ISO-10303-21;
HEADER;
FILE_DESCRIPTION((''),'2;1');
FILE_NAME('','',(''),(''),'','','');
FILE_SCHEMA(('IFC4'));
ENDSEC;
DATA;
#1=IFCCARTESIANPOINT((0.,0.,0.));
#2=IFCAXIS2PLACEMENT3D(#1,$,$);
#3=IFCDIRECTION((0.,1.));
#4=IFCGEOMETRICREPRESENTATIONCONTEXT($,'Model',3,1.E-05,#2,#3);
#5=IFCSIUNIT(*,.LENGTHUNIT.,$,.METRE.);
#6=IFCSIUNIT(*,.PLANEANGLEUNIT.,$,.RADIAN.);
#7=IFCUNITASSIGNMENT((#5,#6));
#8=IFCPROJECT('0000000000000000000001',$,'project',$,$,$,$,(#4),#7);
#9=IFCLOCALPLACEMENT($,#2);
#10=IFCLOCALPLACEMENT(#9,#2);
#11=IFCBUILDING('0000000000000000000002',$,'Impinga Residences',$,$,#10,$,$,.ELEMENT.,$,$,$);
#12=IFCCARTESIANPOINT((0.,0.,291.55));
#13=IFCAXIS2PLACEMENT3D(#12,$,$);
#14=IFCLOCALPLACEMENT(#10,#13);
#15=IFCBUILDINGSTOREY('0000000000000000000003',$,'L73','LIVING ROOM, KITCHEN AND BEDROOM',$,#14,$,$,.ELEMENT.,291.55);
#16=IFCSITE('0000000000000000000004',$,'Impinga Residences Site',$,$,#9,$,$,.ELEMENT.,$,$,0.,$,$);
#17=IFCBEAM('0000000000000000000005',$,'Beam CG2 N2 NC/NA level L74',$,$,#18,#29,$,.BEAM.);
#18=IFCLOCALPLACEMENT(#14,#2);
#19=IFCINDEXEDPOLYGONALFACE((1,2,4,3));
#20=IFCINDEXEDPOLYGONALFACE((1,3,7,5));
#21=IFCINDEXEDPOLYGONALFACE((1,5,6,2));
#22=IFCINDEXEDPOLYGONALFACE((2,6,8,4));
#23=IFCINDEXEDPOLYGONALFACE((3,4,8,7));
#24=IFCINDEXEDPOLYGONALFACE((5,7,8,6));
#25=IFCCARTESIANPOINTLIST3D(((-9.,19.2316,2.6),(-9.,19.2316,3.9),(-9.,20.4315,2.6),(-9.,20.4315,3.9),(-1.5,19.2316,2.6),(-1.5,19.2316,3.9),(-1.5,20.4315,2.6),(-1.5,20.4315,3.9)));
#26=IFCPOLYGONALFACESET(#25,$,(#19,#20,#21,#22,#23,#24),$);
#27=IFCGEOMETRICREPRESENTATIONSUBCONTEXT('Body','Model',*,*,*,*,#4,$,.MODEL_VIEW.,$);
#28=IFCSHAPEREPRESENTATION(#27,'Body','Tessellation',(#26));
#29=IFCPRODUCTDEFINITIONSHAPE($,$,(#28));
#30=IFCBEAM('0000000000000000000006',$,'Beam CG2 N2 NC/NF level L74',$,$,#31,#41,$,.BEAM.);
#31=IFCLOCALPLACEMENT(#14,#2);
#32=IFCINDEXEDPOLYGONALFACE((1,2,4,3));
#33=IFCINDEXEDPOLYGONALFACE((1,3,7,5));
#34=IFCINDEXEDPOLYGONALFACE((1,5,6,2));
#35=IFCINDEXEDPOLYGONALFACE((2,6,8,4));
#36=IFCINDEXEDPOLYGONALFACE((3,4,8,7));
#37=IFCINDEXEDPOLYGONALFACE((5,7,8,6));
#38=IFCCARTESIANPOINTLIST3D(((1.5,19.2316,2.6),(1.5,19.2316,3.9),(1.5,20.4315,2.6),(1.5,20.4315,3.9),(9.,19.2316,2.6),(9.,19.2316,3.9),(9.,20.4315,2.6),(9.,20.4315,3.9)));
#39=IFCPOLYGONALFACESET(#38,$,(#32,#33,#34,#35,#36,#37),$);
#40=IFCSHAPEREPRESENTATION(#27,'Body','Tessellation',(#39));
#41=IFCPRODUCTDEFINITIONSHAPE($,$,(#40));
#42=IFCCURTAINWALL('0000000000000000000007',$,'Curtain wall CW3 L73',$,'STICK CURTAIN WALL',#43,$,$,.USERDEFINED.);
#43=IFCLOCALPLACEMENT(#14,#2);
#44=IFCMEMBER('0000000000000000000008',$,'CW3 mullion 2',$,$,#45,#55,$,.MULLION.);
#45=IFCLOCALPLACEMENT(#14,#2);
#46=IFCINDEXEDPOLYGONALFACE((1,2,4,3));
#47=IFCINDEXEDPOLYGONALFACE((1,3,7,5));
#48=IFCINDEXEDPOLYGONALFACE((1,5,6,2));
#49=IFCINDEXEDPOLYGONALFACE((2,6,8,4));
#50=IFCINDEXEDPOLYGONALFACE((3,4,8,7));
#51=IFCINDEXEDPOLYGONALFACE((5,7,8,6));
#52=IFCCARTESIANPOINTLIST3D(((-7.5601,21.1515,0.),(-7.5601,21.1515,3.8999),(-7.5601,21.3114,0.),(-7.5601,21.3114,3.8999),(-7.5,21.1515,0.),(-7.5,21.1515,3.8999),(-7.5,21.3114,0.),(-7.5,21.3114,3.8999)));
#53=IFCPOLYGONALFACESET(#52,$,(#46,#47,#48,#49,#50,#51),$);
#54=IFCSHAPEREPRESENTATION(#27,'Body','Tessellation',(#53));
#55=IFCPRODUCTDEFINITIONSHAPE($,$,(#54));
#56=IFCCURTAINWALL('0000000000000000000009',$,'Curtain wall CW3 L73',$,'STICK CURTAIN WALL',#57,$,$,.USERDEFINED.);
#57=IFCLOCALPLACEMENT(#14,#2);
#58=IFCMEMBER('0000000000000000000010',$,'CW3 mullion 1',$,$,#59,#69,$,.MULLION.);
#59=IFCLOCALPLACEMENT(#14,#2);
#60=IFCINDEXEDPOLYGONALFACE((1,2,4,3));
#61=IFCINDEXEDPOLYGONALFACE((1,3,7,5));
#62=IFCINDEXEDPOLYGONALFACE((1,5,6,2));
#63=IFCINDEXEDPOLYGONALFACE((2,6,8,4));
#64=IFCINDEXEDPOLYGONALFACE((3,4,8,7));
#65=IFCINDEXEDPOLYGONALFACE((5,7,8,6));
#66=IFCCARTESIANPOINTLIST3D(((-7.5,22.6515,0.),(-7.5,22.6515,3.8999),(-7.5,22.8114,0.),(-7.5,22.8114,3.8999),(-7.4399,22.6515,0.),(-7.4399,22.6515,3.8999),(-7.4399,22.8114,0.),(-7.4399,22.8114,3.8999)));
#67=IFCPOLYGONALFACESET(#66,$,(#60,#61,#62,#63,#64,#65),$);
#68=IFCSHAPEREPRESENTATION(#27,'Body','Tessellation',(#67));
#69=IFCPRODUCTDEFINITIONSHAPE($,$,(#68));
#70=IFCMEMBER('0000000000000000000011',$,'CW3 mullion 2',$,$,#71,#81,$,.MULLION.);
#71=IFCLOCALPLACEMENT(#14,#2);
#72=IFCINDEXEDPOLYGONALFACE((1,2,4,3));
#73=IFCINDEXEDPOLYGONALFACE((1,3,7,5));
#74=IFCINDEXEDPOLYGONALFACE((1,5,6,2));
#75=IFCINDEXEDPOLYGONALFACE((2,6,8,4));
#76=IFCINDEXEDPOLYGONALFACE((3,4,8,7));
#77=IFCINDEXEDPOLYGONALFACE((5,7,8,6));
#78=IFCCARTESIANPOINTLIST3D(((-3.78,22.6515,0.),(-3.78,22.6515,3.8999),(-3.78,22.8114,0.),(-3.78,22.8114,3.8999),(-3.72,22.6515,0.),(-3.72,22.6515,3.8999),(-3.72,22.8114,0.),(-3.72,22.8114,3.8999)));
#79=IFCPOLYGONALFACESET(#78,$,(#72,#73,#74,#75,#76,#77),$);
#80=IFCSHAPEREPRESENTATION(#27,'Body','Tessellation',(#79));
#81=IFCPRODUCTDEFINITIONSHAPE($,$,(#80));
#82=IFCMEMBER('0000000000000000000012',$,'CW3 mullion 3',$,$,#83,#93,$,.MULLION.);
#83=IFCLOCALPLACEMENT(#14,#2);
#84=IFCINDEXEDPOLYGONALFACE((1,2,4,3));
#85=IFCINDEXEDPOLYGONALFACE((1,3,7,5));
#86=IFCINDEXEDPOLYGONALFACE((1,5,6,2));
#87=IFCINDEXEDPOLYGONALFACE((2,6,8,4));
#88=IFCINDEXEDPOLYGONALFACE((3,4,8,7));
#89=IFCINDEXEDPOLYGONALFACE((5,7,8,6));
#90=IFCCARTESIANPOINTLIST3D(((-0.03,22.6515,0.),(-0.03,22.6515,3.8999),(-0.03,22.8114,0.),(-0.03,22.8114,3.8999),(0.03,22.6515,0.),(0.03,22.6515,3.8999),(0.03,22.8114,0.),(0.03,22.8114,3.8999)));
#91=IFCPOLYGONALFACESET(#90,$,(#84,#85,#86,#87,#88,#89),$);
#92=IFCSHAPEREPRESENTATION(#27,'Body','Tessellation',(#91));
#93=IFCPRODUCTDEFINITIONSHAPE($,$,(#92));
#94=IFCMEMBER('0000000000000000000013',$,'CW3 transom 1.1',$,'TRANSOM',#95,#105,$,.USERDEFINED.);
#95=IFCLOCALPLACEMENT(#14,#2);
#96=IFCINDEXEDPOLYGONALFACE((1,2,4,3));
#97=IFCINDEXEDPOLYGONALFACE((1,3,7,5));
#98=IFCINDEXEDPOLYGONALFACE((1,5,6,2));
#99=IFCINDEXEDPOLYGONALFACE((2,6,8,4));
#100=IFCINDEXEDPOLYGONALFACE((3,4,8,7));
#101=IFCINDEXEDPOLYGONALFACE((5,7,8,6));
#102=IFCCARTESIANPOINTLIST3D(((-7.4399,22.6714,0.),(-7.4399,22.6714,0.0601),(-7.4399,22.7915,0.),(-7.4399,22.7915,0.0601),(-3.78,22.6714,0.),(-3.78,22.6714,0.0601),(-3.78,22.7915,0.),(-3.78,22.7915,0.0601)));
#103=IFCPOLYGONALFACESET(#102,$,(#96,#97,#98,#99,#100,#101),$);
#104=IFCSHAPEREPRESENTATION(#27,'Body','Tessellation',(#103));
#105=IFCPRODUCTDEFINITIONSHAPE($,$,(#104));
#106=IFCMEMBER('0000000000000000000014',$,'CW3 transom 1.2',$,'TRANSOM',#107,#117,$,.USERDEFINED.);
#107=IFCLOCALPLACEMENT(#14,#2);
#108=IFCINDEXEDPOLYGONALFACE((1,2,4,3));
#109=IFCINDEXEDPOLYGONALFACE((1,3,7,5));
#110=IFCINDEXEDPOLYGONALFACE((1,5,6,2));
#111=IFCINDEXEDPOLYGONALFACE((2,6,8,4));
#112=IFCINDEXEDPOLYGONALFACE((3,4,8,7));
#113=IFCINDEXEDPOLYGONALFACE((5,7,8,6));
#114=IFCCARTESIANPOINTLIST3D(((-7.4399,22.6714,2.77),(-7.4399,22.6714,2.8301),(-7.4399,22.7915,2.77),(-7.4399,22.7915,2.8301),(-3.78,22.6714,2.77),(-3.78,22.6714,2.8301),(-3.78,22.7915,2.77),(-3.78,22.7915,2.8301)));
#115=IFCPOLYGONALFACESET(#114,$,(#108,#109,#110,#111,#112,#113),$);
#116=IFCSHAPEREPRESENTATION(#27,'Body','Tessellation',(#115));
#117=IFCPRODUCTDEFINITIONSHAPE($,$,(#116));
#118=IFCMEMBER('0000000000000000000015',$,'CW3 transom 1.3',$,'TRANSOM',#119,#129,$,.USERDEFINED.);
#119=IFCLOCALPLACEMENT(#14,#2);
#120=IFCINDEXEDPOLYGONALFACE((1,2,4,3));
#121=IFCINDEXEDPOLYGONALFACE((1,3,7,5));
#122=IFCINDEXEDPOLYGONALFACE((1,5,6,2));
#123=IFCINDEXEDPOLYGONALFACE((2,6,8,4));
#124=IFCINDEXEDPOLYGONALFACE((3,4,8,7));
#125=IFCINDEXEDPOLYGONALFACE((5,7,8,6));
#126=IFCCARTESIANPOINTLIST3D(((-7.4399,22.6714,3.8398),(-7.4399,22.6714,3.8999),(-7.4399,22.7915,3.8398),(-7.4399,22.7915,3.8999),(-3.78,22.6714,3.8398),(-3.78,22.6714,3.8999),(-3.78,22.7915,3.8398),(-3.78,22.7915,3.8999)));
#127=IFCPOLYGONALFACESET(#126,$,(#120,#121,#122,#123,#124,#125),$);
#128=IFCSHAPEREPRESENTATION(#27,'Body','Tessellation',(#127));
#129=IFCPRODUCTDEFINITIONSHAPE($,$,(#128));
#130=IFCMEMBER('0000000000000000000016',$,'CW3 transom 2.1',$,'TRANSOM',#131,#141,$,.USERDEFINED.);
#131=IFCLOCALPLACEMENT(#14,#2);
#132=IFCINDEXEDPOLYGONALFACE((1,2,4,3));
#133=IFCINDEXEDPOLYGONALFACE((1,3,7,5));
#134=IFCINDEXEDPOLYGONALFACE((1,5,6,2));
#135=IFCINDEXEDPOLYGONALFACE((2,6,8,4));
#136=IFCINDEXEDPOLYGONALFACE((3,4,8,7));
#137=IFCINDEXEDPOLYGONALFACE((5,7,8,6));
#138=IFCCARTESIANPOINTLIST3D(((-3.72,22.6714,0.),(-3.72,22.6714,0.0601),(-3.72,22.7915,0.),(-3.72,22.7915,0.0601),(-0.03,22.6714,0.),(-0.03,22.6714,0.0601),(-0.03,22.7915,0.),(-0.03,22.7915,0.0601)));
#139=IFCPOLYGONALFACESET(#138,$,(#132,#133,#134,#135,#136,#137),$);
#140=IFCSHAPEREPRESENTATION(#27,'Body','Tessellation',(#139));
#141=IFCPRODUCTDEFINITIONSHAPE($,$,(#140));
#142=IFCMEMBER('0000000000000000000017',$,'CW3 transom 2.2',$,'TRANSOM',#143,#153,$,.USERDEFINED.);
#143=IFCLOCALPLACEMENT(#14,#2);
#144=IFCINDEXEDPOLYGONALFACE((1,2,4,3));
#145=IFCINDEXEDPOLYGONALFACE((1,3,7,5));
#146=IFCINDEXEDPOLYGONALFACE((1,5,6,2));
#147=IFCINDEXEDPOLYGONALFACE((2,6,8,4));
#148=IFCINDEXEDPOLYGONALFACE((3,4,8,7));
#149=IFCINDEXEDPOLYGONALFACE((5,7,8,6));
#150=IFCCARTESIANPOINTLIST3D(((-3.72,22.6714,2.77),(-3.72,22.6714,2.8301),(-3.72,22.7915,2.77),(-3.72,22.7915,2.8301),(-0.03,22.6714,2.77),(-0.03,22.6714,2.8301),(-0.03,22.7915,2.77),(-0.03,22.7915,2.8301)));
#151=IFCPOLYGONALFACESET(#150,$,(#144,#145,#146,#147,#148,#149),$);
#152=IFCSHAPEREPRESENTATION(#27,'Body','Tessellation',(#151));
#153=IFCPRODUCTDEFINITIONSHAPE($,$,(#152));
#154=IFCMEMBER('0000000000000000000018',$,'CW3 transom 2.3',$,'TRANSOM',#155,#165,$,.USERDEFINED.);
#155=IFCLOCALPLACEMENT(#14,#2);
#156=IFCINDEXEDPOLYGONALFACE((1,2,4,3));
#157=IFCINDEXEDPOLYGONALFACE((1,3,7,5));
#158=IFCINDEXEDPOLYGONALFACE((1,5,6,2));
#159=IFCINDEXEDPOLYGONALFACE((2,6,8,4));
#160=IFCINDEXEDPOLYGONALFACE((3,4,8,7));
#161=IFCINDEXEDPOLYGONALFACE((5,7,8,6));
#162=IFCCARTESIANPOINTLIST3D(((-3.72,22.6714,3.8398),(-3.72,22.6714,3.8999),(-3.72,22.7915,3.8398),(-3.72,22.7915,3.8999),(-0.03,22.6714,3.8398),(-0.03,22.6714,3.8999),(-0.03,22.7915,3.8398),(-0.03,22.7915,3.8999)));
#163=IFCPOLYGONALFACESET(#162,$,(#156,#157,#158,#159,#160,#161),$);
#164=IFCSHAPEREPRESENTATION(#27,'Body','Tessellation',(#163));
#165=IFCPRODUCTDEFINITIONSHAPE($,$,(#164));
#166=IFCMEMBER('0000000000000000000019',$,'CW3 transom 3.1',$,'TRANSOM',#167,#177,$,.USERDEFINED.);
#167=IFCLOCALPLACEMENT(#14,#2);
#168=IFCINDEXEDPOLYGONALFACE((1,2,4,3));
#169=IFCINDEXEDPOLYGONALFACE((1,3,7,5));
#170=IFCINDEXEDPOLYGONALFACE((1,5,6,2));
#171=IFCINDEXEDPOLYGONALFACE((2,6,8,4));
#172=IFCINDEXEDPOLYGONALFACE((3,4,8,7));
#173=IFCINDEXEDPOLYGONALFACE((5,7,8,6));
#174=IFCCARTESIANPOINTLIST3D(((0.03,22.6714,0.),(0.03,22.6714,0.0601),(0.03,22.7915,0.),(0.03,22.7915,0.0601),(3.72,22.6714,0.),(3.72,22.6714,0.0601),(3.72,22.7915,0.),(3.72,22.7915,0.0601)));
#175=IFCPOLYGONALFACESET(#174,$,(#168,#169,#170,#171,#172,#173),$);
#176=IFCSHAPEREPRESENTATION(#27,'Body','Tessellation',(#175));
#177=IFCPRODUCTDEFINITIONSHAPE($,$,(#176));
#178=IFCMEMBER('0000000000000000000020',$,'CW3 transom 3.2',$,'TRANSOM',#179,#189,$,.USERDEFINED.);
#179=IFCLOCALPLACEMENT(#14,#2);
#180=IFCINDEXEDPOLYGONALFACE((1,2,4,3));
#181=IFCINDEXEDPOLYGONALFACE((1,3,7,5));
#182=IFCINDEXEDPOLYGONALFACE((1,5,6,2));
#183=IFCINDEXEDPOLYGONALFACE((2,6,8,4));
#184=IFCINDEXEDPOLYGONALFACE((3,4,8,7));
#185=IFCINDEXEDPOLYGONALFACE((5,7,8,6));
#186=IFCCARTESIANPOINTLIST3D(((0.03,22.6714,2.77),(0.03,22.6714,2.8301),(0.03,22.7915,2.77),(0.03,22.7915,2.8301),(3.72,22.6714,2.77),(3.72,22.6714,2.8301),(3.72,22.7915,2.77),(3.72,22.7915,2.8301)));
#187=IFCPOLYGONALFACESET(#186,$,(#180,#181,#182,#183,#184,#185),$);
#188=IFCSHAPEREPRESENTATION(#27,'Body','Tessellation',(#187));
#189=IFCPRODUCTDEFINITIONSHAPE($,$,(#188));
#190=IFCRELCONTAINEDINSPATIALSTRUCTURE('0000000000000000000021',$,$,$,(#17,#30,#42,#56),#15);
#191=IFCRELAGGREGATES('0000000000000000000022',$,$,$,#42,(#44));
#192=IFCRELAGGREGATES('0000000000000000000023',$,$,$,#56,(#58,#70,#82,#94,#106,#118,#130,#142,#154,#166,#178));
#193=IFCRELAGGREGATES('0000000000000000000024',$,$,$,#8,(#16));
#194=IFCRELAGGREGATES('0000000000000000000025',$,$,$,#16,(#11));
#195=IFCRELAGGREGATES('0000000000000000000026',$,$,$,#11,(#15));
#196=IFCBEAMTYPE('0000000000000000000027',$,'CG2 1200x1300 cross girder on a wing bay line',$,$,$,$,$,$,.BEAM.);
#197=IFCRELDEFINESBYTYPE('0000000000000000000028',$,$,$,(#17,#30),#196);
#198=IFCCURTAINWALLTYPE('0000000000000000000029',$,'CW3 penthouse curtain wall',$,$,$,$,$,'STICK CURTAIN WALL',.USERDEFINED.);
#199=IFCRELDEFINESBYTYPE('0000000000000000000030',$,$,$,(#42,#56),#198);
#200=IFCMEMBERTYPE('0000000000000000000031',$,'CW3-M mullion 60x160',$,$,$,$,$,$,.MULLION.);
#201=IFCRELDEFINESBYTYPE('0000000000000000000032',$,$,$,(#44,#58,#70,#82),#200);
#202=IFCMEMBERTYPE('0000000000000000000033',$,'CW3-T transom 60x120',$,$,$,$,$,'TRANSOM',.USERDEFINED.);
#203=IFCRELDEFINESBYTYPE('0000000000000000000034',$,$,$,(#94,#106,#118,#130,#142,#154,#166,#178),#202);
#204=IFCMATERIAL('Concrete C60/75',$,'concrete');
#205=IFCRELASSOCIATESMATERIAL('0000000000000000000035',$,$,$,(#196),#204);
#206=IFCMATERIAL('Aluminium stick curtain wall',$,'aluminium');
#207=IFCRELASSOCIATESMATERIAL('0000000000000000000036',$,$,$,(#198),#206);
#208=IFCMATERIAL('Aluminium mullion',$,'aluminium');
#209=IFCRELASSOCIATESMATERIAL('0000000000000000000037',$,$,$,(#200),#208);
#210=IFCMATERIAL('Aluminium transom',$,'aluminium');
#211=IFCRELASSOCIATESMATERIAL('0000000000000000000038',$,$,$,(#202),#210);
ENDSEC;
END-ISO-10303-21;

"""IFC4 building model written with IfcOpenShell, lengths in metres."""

from ifc_helpers import new_model, si_unit, direction, frame, origin, origin_2d, place, context, subcontext, project, spatial, rectangle, extrude, material, material_profile, profile_set, type_object, element, aggregate, save


model = new_model("IFC4")

# Units and contexts
model_context = context("Model", 3, precision=1e-05, world=origin(), true_north=direction((0.0, 1.0)))
body_context = subcontext(model_context, "Body", "Model", "MODEL_VIEW")
ifc_project = project(units=[si_unit("LENGTHUNIT", "METRE"), si_unit("PLANEANGLEUNIT", "RADIAN")], contexts=[model_context])

# Site, building, storey
site_placement = place(None, origin())
site = spatial("IfcSite", under=ifc_project, at=site_placement, Name="Impinga Residences Site", CompositionType="ELEMENT", RefElevation=0.0)
building_placement = place(site_placement, origin())
building = spatial("IfcBuilding", under=site, at=building_placement, Name="Impinga Residences", CompositionType="ELEMENT")
storey_placement = place(building_placement, frame((0.0, 0.0, 291.55)))
storey = spatial("IfcBuildingStorey", under=building, at=storey_placement, Name="L73", Description="LIVING ROOM, KITCHEN AND BEDROOM", CompositionType="ELEMENT", Elevation=291.55)

# Beams
ifc_material_1 = material(Name="Concrete C60/75", Category="concrete")
ifc_material_profile_1 = material_profile(ifc_material_1, rectangle(XDim=1.2, YDim=1.3, at=origin_2d()), Name="RC 1200x1300")
ifc_profile_set_1 = profile_set([ifc_material_profile_1], Name="Concrete C60/75")
beam_type_1 = type_object("IfcBeamType", Name="CG2 1200x1300 cross girder on a wing bay line", PredefinedType="BEAM", material=ifc_profile_set_1)
for number, where, z_axis, x_axis, name in (
    (1, (-1.5, 19.8315, 3.25), (-1.0, 0.0, 0.0), (0.0, -1.0, 0.0), "Beam CG2 N2 NC/NA level L74"),
    (2, (1.5, 19.8315, 3.25), (1.0, 0.0, 0.0), (0.0, 1.0, 0.0), "Beam CG2 N2 NC/NF level L74"),
):
    element("IfcBeam", number, at=place(storey_placement, frame(where, z_axis=z_axis, x_axis=x_axis)), inside=storey, type_object=beam_type_1, Name=name, PredefinedType="BEAM", context=body_context, shape_type="SweptSolid", body=[
        extrude(rectangle(XDim=1.2, YDim=1.3, at=origin_2d()), origin(), (0.0, 0.0, 1.0), 7.5),
    ])

# Curtain wall, member
ifc_material_2 = material(Name="Aluminium stick curtain wall", Category="aluminium")
curtain_wall_type = type_object("IfcCurtainWallType", Name="CW3 penthouse curtain wall", ElementType="STICK CURTAIN WALL", PredefinedType="USERDEFINED", material=ifc_material_2)
curtain_wall_1_placement = place(storey_placement, origin())
curtain_wall_1 = element("IfcCurtainWall", 3, at=curtain_wall_1_placement, inside=storey, type_object=curtain_wall_type, Name="Curtain wall CW3 L73", ObjectType="STICK CURTAIN WALL", PredefinedType="USERDEFINED")
ifc_material_3 = material(Name="Aluminium mullion", Category="aluminium")
ifc_material_profile_2 = material_profile(ifc_material_3, rectangle(XDim=0.0601, YDim=0.1599, at=origin_2d()), Name="60x160 mullion")
ifc_profile_set_2 = profile_set([ifc_material_profile_2], Name="Aluminium mullion")
member_type_1 = type_object("IfcMemberType", Name="CW3-M mullion 60x160", PredefinedType="MULLION", material=ifc_profile_set_2)
member_1_placement = place(storey_placement, frame((-7.53, 21.2314, 0.0), z_axis=(0.0, 0.0, 1.0), x_axis=(1.0, 0.0, 0.0)))
member_1 = element("IfcMember", 4, at=member_1_placement, type_object=member_type_1, Name="CW3 mullion 2", PredefinedType="MULLION", context=body_context, shape_type="SweptSolid", body=[
    extrude(rectangle(XDim=0.0601, YDim=0.1599, at=origin_2d()), origin(), (0.0, 0.0, 1.0), 3.8999),
])
aggregate(curtain_wall_1, [member_1])

# Curtain wall, members
curtain_wall_2_placement = place(storey_placement, origin())
curtain_wall_2 = element("IfcCurtainWall", 5, at=curtain_wall_2_placement, inside=storey, type_object=curtain_wall_type, Name="Curtain wall CW3 L73", ObjectType="STICK CURTAIN WALL", PredefinedType="USERDEFINED")
member_2_placement = place(storey_placement, frame((-7.47, 22.7314, 0.0), z_axis=(0.0, 0.0, 1.0), x_axis=(1.0, 0.0, 0.0)))
member_2 = element("IfcMember", 6, at=member_2_placement, type_object=member_type_1, Name="CW3 mullion 1", PredefinedType="MULLION", context=body_context, shape_type="SweptSolid", body=[
    extrude(rectangle(XDim=0.0601, YDim=0.1599, at=origin_2d()), origin(), (0.0, 0.0, 1.0), 3.8999),
])
member_3_placement = place(storey_placement, frame((-3.75, 22.7314, 0.0), z_axis=(0.0, 0.0, 1.0), x_axis=(1.0, 0.0, 0.0)))
member_3 = element("IfcMember", 7, at=member_3_placement, type_object=member_type_1, Name="CW3 mullion 2", PredefinedType="MULLION", context=body_context, shape_type="SweptSolid", body=[
    extrude(rectangle(XDim=0.0601, YDim=0.1599, at=origin_2d()), origin(), (0.0, 0.0, 1.0), 3.8999),
])
member_4_placement = place(storey_placement, frame((0.0, 22.7314, 0.0), z_axis=(0.0, 0.0, 1.0), x_axis=(1.0, 0.0, 0.0)))
member_4 = element("IfcMember", 8, at=member_4_placement, type_object=member_type_1, Name="CW3 mullion 3", PredefinedType="MULLION", context=body_context, shape_type="SweptSolid", body=[
    extrude(rectangle(XDim=0.0601, YDim=0.1599, at=origin_2d()), origin(), (0.0, 0.0, 1.0), 3.8999),
])
ifc_material_4 = material(Name="Aluminium transom", Category="aluminium")
ifc_material_profile_3 = material_profile(ifc_material_4, rectangle(XDim=0.0601, YDim=0.1201, at=origin_2d()), Name="60x120 transom")
ifc_profile_set_3 = profile_set([ifc_material_profile_3], Name="Aluminium transom")
member_type_2 = type_object("IfcMemberType", Name="CW3-T transom 60x120", ElementType="TRANSOM", PredefinedType="USERDEFINED", material=ifc_profile_set_3)
member_5_placement = place(storey_placement, frame((-7.4399, 22.7314, 0.03), z_axis=(1.0, 0.0, 0.0), x_axis=(0.0, 0.0, 1.0)))
member_5 = element("IfcMember", 9, at=member_5_placement, type_object=member_type_2, Name="CW3 transom 1.1", ObjectType="TRANSOM", PredefinedType="USERDEFINED", context=body_context, shape_type="SweptSolid", body=[
    extrude(rectangle(XDim=0.0601, YDim=0.1201, at=origin_2d()), origin(), (0.0, 0.0, 1.0), 3.6599),
])
member_6_placement = place(storey_placement, frame((-7.4399, 22.7314, 2.8), z_axis=(1.0, 0.0, 0.0), x_axis=(0.0, 0.0, 1.0)))
member_6 = element("IfcMember", 10, at=member_6_placement, type_object=member_type_2, Name="CW3 transom 1.2", ObjectType="TRANSOM", PredefinedType="USERDEFINED", context=body_context, shape_type="SweptSolid", body=[
    extrude(rectangle(XDim=0.0601, YDim=0.1201, at=origin_2d()), origin(), (0.0, 0.0, 1.0), 3.6599),
])
member_7_placement = place(storey_placement, frame((-7.4399, 22.7314, 3.8699), z_axis=(1.0, 0.0, 0.0), x_axis=(0.0, 0.0, 1.0)))
member_7 = element("IfcMember", 11, at=member_7_placement, type_object=member_type_2, Name="CW3 transom 1.3", ObjectType="TRANSOM", PredefinedType="USERDEFINED", context=body_context, shape_type="SweptSolid", body=[
    extrude(rectangle(XDim=0.0601, YDim=0.1201, at=origin_2d()), origin(), (0.0, 0.0, 1.0), 3.6599),
])
member_8_placement = place(storey_placement, frame((-3.72, 22.7314, 0.03), z_axis=(1.0, 0.0, 0.0), x_axis=(0.0, 0.0, 1.0)))
member_8 = element("IfcMember", 12, at=member_8_placement, type_object=member_type_2, Name="CW3 transom 2.1", ObjectType="TRANSOM", PredefinedType="USERDEFINED", context=body_context, shape_type="SweptSolid", body=[
    extrude(rectangle(XDim=0.0601, YDim=0.1201, at=origin_2d()), origin(), (0.0, 0.0, 1.0), 3.6899),
])
member_9_placement = place(storey_placement, frame((-3.72, 22.7314, 2.8), z_axis=(1.0, 0.0, 0.0), x_axis=(0.0, 0.0, 1.0)))
member_9 = element("IfcMember", 13, at=member_9_placement, type_object=member_type_2, Name="CW3 transom 2.2", ObjectType="TRANSOM", PredefinedType="USERDEFINED", context=body_context, shape_type="SweptSolid", body=[
    extrude(rectangle(XDim=0.0601, YDim=0.1201, at=origin_2d()), origin(), (0.0, 0.0, 1.0), 3.6899),
])
member_10_placement = place(storey_placement, frame((-3.72, 22.7314, 3.8699), z_axis=(1.0, 0.0, 0.0), x_axis=(0.0, 0.0, 1.0)))
member_10 = element("IfcMember", 14, at=member_10_placement, type_object=member_type_2, Name="CW3 transom 2.3", ObjectType="TRANSOM", PredefinedType="USERDEFINED", context=body_context, shape_type="SweptSolid", body=[
    extrude(rectangle(XDim=0.0601, YDim=0.1201, at=origin_2d()), origin(), (0.0, 0.0, 1.0), 3.6899),
])
member_11_placement = place(storey_placement, frame((0.03, 22.7314, 0.03), z_axis=(1.0, 0.0, 0.0), x_axis=(0.0, 0.0, 1.0)))
member_11 = element("IfcMember", 15, at=member_11_placement, type_object=member_type_2, Name="CW3 transom 3.1", ObjectType="TRANSOM", PredefinedType="USERDEFINED", context=body_context, shape_type="SweptSolid", body=[
    extrude(rectangle(XDim=0.0601, YDim=0.1201, at=origin_2d()), origin(), (0.0, 0.0, 1.0), 3.6899),
])
member_12_placement = place(storey_placement, frame((0.03, 22.7314, 2.8), z_axis=(1.0, 0.0, 0.0), x_axis=(0.0, 0.0, 1.0)))
member_12 = element("IfcMember", 16, at=member_12_placement, type_object=member_type_2, Name="CW3 transom 3.2", ObjectType="TRANSOM", PredefinedType="USERDEFINED", context=body_context, shape_type="SweptSolid", body=[
    extrude(rectangle(XDim=0.0601, YDim=0.1201, at=origin_2d()), origin(), (0.0, 0.0, 1.0), 3.6899),
])

aggregate(curtain_wall_2, [member_2, member_3, member_4, member_5, member_6, member_7, member_8, member_9, member_10, member_11, member_12])

save(model, "model.ifc")
